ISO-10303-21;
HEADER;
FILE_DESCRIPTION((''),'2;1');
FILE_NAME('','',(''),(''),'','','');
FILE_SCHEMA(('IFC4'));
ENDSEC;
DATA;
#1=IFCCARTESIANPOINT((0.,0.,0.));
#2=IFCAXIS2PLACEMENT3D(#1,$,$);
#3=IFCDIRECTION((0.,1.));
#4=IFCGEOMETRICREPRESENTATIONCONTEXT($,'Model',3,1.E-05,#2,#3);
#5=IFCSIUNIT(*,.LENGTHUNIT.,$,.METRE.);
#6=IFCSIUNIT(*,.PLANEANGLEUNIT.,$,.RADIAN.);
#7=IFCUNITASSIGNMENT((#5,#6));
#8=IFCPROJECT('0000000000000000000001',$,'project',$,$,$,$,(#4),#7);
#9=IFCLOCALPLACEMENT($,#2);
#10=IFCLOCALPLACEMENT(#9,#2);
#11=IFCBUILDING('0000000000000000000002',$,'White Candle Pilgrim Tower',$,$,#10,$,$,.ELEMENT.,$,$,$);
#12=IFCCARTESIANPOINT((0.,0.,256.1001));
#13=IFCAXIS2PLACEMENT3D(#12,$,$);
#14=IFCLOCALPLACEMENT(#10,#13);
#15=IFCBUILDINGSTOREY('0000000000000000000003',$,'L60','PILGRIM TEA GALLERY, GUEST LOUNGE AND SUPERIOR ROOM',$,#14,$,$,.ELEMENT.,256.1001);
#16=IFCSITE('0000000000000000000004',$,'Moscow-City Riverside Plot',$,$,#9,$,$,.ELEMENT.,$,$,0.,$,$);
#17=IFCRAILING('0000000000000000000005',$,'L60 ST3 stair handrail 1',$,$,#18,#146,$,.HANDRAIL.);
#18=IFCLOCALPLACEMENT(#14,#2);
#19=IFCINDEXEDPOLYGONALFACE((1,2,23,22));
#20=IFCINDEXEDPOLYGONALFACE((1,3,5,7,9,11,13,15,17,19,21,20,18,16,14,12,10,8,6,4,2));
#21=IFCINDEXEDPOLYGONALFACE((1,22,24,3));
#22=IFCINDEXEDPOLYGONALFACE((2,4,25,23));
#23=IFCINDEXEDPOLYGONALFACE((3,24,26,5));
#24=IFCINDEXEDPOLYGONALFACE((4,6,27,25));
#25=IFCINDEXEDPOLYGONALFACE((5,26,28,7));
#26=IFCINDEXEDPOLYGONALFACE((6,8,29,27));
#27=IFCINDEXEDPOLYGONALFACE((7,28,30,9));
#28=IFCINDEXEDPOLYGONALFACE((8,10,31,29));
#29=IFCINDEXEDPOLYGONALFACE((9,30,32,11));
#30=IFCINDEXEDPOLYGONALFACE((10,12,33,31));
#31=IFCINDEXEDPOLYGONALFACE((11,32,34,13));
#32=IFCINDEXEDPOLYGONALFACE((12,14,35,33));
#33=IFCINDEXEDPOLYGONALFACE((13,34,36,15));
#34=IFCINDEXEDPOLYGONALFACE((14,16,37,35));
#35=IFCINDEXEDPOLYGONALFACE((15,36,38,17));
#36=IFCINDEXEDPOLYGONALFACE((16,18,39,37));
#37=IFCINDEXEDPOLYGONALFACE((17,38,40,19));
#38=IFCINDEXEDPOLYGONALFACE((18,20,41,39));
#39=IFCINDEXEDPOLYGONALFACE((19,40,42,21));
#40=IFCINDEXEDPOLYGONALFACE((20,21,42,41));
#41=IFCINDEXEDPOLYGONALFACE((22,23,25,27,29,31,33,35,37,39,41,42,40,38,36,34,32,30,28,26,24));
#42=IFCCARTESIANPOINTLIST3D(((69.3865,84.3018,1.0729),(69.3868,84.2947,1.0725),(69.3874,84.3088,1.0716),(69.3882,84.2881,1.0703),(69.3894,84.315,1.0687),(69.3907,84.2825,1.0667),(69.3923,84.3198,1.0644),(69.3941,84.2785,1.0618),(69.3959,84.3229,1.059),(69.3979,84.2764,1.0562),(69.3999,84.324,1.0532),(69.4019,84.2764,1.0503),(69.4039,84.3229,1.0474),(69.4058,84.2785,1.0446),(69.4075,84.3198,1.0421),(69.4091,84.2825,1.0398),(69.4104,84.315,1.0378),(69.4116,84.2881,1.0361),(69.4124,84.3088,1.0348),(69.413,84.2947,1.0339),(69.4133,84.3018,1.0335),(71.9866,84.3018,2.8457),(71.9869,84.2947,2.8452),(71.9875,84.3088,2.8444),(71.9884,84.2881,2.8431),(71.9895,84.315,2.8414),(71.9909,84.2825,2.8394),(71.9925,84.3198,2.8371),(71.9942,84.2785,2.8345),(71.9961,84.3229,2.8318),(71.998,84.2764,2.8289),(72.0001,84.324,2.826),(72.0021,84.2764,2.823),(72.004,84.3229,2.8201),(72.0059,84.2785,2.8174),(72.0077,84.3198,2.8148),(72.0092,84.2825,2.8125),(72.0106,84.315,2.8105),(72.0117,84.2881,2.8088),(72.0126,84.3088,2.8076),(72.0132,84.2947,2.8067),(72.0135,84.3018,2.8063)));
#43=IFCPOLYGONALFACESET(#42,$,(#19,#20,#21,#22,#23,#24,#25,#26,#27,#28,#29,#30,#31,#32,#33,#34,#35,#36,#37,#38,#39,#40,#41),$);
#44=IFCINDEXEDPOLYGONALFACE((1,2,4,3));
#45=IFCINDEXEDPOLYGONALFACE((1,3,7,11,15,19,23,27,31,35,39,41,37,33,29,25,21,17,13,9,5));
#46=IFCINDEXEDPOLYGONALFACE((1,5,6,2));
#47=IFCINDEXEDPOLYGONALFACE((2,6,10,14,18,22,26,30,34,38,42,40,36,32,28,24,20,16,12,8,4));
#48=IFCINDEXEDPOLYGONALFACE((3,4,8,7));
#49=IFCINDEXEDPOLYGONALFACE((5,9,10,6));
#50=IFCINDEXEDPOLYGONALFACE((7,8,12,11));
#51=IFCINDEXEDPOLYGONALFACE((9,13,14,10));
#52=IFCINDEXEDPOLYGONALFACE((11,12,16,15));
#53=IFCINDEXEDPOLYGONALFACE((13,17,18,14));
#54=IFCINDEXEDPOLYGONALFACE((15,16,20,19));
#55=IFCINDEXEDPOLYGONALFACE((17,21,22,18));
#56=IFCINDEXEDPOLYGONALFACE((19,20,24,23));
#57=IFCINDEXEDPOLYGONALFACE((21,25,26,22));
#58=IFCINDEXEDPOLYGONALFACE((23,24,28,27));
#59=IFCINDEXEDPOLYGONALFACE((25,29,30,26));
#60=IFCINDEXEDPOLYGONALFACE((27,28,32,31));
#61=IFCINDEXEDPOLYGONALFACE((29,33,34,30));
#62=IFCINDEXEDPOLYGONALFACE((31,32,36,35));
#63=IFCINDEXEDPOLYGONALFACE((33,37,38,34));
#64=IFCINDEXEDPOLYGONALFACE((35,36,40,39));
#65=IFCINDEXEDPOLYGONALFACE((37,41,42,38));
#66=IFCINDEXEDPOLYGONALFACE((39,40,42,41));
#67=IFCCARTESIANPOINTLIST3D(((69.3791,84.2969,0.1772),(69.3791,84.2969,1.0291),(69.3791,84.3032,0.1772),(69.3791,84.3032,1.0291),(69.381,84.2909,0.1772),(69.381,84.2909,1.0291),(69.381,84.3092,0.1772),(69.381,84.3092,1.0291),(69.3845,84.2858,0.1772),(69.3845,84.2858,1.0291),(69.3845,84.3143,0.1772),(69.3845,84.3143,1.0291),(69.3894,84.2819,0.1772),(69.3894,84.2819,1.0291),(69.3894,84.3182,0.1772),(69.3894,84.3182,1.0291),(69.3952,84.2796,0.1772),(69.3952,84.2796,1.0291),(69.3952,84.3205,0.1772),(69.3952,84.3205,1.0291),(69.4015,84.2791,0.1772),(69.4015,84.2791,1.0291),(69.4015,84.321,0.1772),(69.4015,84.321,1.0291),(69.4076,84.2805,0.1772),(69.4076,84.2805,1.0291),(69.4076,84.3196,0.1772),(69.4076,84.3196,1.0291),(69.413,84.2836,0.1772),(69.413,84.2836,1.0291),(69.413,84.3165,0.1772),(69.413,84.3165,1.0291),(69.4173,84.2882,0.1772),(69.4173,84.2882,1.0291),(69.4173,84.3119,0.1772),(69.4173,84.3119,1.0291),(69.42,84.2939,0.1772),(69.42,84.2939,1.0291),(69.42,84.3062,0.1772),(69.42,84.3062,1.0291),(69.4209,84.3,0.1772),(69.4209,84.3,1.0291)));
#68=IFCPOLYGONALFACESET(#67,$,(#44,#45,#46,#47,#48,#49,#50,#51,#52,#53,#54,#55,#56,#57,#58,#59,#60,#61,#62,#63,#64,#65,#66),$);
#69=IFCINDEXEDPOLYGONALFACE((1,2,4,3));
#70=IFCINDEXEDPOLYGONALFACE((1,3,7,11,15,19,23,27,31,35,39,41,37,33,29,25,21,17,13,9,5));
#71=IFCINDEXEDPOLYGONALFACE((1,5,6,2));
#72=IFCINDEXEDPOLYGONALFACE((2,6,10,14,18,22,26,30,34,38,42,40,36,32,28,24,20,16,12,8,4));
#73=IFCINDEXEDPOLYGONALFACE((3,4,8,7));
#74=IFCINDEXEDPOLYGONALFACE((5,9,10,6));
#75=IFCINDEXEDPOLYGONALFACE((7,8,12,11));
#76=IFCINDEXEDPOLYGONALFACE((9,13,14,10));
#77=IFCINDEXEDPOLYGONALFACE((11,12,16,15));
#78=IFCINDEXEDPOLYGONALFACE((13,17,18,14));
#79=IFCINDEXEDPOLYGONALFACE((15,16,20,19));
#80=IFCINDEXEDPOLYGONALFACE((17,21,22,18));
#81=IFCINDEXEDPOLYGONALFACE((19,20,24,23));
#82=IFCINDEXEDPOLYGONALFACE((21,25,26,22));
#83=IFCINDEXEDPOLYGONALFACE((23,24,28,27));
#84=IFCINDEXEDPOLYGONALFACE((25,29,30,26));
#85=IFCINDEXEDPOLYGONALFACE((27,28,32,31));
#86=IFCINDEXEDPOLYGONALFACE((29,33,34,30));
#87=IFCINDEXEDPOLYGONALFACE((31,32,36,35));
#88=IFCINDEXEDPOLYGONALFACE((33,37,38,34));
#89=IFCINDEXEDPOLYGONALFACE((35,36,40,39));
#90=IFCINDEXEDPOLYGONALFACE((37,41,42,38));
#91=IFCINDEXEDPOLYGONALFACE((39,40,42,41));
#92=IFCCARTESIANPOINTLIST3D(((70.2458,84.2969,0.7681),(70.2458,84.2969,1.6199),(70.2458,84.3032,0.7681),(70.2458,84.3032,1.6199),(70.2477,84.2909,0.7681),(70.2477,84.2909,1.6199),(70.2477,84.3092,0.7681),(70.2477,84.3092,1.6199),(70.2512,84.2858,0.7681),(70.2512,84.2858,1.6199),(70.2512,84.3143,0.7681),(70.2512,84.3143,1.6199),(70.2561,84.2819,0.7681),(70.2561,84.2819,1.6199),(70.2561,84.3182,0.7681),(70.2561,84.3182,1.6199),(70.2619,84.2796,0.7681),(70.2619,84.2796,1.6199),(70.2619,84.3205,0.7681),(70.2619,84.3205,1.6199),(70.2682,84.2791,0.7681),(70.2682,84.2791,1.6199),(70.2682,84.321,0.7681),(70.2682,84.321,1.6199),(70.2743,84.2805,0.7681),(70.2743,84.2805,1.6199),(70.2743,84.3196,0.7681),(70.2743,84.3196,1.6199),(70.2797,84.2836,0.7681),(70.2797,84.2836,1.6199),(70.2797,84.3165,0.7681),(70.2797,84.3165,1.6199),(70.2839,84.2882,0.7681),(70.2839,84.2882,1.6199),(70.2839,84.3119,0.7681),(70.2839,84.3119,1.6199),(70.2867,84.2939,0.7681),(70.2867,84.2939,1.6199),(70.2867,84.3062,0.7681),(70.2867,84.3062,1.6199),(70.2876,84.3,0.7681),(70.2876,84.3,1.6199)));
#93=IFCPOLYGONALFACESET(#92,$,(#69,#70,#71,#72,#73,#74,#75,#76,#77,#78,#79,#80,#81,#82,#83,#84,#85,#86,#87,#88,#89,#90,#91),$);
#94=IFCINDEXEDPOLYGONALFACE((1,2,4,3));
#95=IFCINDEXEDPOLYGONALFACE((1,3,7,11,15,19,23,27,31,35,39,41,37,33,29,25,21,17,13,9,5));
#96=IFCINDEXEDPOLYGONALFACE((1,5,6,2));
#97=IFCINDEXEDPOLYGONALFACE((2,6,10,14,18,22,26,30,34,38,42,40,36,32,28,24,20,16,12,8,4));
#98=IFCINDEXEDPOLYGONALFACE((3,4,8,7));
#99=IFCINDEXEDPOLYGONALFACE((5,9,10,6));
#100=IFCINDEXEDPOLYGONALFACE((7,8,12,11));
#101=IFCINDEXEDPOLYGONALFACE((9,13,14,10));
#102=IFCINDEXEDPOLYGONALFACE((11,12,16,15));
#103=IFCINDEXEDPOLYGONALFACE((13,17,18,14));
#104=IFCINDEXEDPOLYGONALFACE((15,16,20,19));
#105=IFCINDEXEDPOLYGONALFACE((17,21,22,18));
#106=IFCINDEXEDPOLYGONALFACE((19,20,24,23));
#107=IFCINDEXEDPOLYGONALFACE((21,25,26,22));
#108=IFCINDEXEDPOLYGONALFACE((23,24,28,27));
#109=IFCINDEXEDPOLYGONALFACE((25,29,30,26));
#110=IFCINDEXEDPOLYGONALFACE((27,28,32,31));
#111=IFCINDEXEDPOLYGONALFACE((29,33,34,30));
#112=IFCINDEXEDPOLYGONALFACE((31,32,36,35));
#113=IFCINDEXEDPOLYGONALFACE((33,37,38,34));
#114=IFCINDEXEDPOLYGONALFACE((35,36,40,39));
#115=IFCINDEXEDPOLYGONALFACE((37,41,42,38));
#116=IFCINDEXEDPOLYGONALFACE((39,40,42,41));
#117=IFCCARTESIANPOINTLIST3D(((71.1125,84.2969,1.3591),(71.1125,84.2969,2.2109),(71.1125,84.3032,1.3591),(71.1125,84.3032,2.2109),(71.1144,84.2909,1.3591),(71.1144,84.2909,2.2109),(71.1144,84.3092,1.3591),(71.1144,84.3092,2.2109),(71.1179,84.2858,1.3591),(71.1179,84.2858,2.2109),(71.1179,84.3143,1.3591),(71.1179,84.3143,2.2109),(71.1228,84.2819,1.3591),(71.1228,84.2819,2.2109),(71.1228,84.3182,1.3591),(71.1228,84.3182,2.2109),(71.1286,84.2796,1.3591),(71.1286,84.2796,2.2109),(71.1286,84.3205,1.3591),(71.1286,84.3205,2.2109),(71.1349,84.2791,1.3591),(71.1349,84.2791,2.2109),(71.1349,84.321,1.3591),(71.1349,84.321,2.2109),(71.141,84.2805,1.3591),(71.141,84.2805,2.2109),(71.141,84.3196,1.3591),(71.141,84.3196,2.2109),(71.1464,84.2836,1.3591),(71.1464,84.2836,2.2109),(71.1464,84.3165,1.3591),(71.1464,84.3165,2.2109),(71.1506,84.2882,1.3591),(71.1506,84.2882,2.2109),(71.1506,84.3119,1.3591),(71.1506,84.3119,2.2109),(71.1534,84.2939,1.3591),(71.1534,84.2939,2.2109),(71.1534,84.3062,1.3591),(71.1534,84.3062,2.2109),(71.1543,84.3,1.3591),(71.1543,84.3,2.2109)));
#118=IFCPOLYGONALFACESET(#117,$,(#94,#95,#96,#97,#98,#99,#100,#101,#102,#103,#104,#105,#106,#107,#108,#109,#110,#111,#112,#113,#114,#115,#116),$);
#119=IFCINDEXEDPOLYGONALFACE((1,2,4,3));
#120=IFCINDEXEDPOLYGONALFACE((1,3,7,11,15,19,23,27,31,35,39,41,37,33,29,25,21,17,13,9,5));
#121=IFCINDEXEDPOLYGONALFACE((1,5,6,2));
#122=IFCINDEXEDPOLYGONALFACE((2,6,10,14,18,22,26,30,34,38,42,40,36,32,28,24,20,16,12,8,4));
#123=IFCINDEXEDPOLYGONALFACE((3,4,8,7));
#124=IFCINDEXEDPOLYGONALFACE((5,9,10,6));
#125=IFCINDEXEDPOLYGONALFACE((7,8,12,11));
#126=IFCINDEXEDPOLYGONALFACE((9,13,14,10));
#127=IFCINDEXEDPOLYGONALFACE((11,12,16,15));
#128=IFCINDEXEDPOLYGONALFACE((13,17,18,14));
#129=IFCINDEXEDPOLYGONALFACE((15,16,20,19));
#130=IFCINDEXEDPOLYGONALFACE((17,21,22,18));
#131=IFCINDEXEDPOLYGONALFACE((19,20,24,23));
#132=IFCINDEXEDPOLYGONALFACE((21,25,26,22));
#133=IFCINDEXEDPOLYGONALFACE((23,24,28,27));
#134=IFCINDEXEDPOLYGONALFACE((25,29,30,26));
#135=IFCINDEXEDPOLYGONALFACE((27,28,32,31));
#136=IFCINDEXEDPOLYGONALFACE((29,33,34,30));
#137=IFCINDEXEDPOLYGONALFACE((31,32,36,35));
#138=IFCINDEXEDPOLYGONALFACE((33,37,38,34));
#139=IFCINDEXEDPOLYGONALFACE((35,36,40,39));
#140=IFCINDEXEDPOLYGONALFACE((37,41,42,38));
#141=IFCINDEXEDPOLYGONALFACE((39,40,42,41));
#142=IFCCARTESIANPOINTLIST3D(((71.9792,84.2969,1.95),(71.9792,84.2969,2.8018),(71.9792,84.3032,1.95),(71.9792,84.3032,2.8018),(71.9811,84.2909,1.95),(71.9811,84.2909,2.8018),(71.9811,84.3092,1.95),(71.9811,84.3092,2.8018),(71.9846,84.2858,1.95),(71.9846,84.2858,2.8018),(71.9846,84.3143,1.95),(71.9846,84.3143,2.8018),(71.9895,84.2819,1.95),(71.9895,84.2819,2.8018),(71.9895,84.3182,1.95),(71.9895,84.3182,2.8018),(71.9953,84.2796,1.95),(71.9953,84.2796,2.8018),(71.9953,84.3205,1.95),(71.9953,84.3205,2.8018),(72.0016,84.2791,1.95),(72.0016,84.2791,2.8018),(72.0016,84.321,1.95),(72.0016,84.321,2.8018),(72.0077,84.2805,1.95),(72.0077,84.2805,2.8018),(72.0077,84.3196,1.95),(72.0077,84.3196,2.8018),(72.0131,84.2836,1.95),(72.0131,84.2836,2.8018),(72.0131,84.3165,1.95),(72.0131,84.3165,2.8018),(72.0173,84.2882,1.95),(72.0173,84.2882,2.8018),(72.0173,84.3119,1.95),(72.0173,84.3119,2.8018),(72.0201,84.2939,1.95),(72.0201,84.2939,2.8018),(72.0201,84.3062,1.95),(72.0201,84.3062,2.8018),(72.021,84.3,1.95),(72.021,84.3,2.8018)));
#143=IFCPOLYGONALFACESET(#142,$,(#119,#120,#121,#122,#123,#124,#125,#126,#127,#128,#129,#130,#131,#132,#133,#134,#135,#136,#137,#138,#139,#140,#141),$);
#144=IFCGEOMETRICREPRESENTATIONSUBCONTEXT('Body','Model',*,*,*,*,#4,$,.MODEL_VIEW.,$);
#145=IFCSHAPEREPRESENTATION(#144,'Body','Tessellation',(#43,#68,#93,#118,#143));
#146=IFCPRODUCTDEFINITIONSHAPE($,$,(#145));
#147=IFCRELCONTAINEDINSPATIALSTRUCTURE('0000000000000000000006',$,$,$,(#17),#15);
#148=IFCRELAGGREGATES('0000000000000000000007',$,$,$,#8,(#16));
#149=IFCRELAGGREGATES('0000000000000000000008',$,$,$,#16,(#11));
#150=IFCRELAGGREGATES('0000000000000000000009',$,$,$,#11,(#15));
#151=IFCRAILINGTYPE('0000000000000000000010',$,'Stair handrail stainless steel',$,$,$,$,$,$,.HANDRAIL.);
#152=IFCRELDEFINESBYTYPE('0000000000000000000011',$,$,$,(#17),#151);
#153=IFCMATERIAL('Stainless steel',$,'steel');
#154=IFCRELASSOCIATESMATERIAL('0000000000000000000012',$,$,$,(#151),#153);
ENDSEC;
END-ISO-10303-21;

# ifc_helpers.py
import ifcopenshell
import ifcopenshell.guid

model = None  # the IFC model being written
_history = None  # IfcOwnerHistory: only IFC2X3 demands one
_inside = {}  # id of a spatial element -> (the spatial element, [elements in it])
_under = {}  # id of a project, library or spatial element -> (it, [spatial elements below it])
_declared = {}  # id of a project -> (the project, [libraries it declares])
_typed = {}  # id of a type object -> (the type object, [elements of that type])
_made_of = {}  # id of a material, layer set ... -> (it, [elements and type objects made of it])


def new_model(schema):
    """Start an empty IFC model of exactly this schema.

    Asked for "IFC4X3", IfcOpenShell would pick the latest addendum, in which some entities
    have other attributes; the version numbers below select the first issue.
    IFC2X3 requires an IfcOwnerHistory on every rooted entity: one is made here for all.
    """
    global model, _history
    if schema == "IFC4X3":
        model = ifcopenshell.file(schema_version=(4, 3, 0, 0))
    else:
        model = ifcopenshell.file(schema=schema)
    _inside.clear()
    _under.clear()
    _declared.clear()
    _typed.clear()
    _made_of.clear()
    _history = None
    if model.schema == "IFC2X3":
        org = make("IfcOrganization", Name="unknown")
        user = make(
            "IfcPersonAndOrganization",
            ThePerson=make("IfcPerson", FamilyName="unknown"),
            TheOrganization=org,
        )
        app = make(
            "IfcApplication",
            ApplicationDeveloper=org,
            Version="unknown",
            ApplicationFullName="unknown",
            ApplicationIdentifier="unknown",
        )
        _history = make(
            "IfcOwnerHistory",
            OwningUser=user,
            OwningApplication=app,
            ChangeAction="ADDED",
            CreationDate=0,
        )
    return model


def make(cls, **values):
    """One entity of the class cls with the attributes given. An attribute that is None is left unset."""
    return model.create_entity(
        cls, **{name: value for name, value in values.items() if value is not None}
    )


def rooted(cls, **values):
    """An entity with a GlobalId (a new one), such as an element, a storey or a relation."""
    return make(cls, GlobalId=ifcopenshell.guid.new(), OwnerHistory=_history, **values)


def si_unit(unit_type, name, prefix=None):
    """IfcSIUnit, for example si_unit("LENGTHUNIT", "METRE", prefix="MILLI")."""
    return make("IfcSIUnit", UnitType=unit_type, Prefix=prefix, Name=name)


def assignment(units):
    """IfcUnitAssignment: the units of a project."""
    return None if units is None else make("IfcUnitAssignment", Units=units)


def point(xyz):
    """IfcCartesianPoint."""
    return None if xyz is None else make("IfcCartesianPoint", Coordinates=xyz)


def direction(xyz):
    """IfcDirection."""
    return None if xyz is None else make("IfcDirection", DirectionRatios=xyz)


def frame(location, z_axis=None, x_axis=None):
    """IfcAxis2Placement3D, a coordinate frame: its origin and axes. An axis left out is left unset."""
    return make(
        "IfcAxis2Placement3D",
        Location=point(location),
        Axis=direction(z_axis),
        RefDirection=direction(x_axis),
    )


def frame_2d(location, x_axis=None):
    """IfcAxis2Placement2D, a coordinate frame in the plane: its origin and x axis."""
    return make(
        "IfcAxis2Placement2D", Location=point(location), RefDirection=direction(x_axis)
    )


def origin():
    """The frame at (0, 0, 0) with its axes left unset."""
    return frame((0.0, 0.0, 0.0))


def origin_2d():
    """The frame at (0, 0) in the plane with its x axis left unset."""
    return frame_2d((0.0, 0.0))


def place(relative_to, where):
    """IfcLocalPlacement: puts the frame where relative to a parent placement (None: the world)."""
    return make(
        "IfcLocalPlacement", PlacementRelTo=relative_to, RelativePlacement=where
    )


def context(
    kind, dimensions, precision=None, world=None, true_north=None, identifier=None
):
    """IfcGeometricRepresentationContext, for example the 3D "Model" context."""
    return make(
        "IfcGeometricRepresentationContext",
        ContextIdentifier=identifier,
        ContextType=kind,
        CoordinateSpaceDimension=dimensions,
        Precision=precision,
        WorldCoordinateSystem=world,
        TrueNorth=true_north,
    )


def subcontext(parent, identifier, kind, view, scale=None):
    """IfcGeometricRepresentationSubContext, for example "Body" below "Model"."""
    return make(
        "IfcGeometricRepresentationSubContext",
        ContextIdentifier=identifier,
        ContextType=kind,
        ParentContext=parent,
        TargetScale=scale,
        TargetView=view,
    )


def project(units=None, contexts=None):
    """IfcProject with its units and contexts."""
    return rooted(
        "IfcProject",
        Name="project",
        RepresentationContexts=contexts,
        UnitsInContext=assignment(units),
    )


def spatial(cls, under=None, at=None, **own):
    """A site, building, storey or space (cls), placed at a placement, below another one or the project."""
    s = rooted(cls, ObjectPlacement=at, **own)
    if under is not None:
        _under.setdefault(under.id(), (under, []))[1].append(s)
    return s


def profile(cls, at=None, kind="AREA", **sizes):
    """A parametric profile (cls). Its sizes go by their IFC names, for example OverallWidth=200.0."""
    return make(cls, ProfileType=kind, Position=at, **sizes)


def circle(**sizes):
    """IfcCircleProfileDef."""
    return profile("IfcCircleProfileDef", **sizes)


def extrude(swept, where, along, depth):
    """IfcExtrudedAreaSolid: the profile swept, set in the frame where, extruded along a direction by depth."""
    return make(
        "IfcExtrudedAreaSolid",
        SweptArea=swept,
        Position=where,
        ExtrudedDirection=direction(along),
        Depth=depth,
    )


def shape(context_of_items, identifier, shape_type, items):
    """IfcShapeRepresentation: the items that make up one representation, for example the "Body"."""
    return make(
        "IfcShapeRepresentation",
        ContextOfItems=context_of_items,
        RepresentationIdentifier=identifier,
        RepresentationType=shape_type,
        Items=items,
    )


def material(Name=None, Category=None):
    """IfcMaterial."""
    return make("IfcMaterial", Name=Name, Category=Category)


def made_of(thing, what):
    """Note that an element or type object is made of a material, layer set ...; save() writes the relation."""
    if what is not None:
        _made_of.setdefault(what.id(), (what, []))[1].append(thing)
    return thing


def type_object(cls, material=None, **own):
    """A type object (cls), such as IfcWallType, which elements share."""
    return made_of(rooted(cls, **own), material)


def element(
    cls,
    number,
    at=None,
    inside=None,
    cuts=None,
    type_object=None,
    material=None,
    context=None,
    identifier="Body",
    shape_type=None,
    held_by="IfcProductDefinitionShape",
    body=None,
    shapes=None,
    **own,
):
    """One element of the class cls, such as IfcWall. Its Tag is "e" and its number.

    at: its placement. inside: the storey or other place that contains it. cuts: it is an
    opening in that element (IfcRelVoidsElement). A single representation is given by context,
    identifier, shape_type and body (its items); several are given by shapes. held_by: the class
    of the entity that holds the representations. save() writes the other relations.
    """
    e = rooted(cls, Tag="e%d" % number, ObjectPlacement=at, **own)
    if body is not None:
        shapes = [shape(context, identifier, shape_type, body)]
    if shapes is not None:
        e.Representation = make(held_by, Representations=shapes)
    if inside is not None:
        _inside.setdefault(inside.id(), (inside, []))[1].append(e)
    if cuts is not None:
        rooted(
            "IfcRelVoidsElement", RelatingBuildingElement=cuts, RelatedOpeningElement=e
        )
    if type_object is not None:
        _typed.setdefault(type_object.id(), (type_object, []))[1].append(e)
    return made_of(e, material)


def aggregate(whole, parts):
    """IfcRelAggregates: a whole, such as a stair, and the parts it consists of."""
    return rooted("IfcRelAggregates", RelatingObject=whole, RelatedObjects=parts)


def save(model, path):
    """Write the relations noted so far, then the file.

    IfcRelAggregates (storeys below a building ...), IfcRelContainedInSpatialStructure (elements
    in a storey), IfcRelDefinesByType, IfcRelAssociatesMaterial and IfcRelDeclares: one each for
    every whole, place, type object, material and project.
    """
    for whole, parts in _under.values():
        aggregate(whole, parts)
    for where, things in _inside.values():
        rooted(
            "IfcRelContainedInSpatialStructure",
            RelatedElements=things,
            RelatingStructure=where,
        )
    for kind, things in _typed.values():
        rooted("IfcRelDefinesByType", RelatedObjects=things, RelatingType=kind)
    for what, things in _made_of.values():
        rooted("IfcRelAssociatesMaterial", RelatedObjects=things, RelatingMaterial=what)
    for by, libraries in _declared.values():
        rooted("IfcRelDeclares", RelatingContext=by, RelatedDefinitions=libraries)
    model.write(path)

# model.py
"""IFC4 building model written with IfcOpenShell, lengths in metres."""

from ifc_helpers import new_model, si_unit, direction, frame, origin, origin_2d, place, context, subcontext, project, spatial, circle, extrude, material, type_object, element, save


model = new_model("IFC4")

# Units and contexts
model_context = context("Model", 3, precision=1e-05, world=origin(), true_north=direction((0.0, 1.0)))
body_context = subcontext(model_context, "Body", "Model", "MODEL_VIEW")
ifc_project = project(units=[si_unit("LENGTHUNIT", "METRE"), si_unit("PLANEANGLEUNIT", "RADIAN")], contexts=[model_context])

# Site, building, storey
site_placement = place(None, origin())
site = spatial("IfcSite", under=ifc_project, at=site_placement, Name="Moscow-City Riverside Plot", CompositionType="ELEMENT", RefElevation=0.0)
building_placement = place(site_placement, origin())
building = spatial("IfcBuilding", under=site, at=building_placement, Name="White Candle Pilgrim Tower", CompositionType="ELEMENT")
storey_placement = place(building_placement, frame((0.0, 0.0, 256.1001)))
storey = spatial("IfcBuildingStorey", under=building, at=storey_placement, Name="L60", Description="PILGRIM TEA GALLERY, GUEST LOUNGE AND SUPERIOR ROOM", CompositionType="ELEMENT", Elevation=256.1001)

# Railing
ifc_material_1 = material(Name="Stainless steel", Category="steel")
railing_type_1 = type_object("IfcRailingType", Name="Stair handrail stainless steel", PredefinedType="HANDRAIL", material=ifc_material_1)
railing_1_placement = place(storey_placement, frame((69.3999, 84.3, 0.1772)))
element("IfcRailing", 1, at=railing_1_placement, inside=storey, type_object=railing_type_1, Name="L60 ST3 stair handrail 1", PredefinedType="HANDRAIL", context=body_context, shape_type="SweptSolid", body=[
    extrude(circle(Radius=0.0239, at=origin_2d()), frame((0.0, 0.0, 0.876), z_axis=(0.82624, 0.0, 0.563318), x_axis=(0.0, 1.0, 0.0)), (0.0, 0.0, 1.0), 3.147),
    extrude(circle(Radius=0.021, at=origin_2d()), origin(), (0.0, 0.0, 1.0), 0.8518),
    extrude(circle(Radius=0.021, at=origin_2d()), frame((0.8667, 0.0, 0.5908)), (0.0, 0.0, 1.0), 0.8518),
    extrude(circle(Radius=0.021, at=origin_2d()), frame((1.7334, 0.0, 1.1819)), (0.0, 0.0, 1.0), 0.8518),
    extrude(circle(Radius=0.021, at=origin_2d()), frame((2.6001, 0.0, 1.7727)), (0.0, 0.0, 1.0), 0.8518),
])

save(model, "model.ifc")
